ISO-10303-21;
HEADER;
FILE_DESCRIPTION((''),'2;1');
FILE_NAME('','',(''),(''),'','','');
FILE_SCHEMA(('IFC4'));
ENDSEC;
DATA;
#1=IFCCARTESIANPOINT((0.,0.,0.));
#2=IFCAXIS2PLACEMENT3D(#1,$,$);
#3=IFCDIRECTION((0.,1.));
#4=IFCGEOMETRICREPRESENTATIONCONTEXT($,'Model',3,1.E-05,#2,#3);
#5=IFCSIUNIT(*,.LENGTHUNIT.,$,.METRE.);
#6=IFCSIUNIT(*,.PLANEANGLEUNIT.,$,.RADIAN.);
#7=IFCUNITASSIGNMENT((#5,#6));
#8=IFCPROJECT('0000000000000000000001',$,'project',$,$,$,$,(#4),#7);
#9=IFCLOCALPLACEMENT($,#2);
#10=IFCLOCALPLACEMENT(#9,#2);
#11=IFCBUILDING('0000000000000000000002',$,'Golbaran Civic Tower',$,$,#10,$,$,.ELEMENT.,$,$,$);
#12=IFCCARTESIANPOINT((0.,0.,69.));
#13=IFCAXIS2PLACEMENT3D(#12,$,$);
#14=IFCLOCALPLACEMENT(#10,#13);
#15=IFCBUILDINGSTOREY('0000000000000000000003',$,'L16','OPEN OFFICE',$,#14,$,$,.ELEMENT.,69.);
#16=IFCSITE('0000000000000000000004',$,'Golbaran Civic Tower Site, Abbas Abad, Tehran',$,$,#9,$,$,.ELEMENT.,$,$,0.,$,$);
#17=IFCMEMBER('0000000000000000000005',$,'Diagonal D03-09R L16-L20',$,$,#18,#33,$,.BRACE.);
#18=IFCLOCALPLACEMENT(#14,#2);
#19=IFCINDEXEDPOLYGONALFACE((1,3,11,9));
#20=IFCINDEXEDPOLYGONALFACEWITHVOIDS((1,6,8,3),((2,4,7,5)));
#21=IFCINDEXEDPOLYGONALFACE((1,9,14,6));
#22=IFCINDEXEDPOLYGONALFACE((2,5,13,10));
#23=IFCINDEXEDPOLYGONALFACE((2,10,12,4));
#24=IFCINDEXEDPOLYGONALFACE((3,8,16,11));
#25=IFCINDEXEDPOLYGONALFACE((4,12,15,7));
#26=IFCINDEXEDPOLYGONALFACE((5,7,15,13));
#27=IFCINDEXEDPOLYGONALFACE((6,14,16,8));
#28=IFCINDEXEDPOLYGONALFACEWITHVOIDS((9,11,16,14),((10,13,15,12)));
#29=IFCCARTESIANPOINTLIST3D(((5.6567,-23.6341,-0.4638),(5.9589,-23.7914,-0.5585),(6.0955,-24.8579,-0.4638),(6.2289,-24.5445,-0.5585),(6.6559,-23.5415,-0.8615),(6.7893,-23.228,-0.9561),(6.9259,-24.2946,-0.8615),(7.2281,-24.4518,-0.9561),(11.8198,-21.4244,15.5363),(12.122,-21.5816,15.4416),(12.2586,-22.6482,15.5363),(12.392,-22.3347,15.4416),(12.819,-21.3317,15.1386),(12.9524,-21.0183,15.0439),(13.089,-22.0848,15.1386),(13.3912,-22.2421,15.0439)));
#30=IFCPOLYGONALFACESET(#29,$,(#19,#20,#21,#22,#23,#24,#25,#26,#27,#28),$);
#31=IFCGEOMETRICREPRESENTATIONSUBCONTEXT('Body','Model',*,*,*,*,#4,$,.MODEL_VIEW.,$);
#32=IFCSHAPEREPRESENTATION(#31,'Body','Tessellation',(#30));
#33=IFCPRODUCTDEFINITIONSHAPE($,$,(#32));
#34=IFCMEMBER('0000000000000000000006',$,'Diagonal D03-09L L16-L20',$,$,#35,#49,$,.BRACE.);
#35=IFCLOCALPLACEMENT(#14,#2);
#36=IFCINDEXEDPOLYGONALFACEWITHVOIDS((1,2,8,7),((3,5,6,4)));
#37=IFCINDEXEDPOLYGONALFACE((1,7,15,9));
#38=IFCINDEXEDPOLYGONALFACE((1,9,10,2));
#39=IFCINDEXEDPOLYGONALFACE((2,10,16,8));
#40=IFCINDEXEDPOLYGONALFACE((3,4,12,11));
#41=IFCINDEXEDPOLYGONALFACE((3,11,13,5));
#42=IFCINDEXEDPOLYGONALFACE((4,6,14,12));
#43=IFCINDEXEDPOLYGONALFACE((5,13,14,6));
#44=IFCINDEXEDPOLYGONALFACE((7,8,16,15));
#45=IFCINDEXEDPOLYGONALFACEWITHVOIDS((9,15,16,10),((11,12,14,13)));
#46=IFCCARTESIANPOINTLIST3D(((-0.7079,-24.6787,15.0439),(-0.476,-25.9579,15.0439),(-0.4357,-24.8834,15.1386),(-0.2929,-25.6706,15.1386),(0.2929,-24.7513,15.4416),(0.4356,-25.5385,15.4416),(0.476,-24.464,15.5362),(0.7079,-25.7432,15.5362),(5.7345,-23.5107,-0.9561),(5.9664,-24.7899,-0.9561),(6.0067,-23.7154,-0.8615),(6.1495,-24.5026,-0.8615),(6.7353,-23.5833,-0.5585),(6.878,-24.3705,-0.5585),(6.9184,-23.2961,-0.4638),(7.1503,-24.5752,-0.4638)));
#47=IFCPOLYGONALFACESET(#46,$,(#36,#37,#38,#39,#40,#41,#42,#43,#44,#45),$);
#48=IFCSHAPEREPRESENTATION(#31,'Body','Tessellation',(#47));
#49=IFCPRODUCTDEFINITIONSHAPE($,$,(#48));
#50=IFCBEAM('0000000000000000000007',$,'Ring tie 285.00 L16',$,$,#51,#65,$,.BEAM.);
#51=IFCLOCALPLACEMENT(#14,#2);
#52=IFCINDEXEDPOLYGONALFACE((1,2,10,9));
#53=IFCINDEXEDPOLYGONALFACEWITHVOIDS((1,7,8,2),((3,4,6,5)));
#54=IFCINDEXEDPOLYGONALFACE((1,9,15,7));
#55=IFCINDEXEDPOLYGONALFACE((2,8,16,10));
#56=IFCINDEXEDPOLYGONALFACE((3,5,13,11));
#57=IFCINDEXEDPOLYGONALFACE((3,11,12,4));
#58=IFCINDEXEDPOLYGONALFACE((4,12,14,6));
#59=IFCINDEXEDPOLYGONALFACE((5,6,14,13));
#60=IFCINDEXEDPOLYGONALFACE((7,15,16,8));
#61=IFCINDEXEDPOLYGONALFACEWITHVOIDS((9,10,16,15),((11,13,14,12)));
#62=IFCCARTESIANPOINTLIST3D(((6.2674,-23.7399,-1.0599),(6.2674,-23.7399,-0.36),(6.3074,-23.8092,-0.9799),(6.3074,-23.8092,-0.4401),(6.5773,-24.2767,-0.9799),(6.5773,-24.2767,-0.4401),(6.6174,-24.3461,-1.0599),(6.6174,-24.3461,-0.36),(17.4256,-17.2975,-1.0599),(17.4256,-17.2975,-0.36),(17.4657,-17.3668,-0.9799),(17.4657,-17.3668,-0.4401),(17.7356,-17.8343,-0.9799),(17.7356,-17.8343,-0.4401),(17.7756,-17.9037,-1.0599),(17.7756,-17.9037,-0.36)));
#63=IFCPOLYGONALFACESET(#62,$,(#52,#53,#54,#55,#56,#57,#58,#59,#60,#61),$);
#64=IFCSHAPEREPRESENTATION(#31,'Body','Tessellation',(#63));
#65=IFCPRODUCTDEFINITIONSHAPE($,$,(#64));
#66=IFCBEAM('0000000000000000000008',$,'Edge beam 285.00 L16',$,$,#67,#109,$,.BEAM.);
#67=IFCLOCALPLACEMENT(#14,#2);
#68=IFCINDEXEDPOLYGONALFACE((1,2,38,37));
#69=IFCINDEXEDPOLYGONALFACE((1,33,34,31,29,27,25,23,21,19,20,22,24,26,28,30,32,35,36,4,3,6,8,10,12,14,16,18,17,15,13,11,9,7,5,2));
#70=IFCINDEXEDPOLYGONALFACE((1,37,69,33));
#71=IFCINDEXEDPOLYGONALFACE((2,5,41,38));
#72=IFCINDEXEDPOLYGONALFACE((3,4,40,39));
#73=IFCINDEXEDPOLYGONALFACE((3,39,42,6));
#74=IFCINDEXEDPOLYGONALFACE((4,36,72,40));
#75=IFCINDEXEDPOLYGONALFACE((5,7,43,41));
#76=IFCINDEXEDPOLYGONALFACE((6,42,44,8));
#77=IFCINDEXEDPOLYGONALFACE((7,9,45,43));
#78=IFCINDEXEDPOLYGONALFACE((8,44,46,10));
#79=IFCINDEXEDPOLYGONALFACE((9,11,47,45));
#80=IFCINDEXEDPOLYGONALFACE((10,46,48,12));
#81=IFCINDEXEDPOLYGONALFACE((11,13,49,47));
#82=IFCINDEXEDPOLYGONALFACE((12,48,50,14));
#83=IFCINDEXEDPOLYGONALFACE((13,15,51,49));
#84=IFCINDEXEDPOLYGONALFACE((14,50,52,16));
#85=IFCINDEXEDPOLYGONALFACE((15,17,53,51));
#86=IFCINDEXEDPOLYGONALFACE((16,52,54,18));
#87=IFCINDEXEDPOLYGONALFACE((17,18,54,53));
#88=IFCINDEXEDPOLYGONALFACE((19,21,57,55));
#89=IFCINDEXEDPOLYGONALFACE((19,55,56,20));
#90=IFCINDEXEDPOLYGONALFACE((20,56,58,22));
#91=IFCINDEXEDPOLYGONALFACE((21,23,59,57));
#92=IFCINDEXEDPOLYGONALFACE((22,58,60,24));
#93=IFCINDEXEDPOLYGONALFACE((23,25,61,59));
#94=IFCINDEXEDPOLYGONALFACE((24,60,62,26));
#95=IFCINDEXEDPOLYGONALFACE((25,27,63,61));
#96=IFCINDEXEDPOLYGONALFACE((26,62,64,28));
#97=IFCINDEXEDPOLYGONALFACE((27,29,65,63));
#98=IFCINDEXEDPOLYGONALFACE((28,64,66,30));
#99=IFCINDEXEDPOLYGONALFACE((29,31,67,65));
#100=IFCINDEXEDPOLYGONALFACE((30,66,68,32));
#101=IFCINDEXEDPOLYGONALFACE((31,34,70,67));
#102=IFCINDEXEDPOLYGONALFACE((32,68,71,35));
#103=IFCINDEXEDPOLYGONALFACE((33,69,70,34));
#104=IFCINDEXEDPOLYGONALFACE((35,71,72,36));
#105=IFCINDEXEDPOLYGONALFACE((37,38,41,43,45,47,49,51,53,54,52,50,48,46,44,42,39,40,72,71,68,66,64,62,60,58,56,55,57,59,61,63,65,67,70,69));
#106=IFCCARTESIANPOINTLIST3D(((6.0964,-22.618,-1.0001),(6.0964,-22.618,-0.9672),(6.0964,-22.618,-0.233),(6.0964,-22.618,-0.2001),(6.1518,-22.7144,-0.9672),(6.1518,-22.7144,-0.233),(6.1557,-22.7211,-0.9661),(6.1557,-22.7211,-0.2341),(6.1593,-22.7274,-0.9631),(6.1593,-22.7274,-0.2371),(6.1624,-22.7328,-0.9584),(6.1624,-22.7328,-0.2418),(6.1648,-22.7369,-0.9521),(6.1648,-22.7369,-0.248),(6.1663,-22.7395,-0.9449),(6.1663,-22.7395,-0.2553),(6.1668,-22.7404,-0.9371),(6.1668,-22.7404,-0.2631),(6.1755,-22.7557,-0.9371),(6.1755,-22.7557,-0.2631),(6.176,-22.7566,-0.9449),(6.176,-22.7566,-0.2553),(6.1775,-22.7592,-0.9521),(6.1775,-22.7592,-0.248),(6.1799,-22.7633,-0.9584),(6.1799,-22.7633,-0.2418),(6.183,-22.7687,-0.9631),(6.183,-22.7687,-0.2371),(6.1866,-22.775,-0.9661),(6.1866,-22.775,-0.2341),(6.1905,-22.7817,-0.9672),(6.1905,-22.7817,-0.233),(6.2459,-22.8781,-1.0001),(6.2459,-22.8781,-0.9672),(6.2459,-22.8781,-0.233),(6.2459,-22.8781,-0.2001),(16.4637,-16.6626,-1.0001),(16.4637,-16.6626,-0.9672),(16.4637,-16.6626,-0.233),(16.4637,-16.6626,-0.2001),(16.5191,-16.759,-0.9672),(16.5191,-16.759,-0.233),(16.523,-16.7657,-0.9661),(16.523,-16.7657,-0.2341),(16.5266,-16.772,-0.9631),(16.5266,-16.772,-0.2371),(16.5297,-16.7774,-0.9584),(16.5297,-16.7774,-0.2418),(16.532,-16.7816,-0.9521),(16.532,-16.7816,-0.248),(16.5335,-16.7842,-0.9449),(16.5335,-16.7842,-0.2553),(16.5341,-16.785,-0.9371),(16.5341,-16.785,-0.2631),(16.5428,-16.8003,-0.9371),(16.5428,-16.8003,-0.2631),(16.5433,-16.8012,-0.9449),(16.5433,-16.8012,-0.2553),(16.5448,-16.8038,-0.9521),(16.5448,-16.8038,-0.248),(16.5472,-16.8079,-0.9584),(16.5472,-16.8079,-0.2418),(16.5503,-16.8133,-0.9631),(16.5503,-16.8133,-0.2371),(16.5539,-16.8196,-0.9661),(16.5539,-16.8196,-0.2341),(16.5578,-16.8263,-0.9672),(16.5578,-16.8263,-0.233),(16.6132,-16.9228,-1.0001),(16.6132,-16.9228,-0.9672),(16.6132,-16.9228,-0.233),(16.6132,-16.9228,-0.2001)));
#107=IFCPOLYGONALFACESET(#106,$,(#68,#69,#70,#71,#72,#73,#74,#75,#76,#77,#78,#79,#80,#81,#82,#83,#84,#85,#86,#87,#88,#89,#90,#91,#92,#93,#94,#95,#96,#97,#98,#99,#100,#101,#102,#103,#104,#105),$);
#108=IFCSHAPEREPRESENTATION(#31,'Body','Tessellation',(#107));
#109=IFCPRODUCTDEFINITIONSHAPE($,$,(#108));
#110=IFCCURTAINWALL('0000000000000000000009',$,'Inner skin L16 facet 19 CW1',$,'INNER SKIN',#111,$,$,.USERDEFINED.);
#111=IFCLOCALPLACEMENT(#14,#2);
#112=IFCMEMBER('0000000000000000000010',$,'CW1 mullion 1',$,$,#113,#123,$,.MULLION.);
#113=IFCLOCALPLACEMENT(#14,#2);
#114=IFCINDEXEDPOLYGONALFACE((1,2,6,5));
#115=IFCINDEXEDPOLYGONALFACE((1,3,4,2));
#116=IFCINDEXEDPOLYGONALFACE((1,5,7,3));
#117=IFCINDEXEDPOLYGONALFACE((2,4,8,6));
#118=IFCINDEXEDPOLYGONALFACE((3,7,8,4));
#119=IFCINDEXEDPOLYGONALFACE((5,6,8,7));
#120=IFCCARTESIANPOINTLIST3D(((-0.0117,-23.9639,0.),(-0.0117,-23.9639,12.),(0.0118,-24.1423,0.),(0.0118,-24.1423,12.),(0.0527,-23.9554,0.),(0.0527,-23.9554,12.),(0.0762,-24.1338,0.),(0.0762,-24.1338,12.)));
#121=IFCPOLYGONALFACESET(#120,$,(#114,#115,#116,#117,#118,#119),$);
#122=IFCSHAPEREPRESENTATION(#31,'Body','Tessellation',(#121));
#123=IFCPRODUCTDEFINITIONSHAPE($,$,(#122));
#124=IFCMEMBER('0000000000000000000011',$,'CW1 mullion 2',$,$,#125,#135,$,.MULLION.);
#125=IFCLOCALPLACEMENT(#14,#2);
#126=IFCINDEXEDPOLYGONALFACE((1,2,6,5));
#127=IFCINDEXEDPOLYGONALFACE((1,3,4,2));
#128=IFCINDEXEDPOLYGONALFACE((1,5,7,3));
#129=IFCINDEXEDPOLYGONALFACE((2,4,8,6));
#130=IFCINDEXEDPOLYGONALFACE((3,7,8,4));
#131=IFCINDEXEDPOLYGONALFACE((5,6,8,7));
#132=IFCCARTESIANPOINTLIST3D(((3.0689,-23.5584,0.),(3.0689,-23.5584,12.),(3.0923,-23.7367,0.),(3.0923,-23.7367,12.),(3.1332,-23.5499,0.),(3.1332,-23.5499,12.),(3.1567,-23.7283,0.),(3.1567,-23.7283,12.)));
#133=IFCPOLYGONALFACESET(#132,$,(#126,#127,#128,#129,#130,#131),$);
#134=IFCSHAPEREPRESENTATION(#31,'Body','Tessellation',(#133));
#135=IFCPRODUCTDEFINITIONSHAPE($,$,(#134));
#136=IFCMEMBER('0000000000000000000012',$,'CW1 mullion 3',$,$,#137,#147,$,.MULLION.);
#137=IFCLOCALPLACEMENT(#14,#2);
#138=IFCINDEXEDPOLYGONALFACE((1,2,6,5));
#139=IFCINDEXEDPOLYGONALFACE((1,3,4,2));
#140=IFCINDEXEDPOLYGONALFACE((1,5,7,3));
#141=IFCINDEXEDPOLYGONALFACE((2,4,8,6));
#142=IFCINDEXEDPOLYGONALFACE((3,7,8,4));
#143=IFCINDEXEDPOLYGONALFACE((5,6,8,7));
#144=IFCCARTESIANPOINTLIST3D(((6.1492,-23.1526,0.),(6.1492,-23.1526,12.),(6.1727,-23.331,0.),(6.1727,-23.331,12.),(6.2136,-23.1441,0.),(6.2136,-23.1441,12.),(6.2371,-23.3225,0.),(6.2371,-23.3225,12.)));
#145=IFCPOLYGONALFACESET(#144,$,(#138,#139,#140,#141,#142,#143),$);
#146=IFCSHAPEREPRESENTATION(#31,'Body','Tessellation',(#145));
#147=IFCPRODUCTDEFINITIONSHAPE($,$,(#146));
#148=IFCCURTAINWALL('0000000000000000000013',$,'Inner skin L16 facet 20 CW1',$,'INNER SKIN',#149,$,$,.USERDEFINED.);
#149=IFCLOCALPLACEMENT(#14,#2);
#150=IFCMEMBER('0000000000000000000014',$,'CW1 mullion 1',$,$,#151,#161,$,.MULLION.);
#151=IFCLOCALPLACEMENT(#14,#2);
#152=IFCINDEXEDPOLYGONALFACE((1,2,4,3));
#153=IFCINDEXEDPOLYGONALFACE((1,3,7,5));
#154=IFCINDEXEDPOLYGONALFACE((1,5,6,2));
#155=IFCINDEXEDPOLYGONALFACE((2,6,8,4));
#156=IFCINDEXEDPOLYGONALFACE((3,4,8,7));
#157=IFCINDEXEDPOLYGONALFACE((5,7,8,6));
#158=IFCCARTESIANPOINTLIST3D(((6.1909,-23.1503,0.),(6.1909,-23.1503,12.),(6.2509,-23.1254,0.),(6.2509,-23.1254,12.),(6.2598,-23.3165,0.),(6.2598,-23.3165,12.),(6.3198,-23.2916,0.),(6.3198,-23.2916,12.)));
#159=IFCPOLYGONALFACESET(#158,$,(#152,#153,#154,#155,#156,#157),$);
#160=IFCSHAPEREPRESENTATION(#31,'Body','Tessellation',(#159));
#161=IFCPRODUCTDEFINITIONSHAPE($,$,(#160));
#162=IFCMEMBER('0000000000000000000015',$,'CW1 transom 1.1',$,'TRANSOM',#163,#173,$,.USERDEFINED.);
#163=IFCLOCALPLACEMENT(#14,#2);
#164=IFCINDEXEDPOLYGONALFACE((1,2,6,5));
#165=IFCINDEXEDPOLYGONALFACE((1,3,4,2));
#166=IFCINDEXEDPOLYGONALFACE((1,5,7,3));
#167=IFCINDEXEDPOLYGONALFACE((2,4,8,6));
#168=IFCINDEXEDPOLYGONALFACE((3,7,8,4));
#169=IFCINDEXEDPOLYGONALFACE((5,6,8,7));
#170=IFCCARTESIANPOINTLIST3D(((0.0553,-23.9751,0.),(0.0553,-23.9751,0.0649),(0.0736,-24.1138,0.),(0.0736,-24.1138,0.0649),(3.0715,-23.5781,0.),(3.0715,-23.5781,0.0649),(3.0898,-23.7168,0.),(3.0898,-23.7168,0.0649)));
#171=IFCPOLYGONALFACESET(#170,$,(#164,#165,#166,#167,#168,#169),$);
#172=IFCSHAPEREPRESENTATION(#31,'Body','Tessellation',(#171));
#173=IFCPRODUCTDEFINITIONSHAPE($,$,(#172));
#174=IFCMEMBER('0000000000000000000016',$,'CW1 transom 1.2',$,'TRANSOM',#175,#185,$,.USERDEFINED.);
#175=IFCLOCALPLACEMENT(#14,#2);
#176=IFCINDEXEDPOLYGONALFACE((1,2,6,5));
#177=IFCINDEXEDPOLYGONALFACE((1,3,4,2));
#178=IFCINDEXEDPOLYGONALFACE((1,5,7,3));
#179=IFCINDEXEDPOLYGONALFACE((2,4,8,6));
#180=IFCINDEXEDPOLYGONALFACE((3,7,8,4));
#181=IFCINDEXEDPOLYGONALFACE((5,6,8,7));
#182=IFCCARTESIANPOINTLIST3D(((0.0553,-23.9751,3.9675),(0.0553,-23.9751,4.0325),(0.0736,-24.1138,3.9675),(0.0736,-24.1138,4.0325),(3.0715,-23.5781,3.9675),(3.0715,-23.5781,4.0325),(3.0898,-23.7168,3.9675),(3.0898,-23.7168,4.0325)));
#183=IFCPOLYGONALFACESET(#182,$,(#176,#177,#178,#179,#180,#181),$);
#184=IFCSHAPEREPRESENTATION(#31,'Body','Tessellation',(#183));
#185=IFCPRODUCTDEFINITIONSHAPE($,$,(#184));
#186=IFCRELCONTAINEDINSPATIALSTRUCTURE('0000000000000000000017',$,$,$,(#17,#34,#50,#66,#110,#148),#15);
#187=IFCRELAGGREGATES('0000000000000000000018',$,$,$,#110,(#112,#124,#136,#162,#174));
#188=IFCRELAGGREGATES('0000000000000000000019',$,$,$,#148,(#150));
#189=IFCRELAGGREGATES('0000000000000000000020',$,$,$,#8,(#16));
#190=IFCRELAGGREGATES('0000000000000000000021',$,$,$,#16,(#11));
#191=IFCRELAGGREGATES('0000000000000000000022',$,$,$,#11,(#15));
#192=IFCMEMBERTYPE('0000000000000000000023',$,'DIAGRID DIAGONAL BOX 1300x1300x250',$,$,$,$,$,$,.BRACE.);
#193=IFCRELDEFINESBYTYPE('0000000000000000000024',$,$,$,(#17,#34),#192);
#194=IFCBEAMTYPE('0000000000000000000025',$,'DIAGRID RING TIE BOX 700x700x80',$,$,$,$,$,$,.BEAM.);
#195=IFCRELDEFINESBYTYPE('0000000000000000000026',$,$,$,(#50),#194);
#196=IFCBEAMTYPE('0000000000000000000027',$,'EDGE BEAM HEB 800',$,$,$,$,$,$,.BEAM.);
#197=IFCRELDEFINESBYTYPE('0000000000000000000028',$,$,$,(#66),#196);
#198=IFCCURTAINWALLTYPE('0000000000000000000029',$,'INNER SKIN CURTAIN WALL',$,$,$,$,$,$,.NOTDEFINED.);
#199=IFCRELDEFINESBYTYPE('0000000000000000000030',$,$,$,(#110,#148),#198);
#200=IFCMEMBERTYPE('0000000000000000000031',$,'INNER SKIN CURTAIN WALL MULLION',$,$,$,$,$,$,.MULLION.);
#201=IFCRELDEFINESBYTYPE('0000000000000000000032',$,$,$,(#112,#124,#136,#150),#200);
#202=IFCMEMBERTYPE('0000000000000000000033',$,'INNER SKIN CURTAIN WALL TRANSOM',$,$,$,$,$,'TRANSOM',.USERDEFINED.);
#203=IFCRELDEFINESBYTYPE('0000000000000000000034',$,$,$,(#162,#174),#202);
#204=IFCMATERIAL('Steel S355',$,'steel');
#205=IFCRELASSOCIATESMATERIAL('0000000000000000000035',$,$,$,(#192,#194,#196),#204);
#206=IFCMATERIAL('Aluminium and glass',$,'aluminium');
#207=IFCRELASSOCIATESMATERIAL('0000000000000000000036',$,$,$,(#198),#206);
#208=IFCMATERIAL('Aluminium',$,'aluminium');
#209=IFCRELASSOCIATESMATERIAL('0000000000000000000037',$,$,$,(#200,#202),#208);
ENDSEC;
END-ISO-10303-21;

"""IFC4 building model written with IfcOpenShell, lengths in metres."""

from ifc_helpers import new_model, si_unit, direction, frame, origin, origin_2d, place, context, subcontext, project, spatial, rectangle, hollow_rectangle, i_section, extrude, material, material_profile, profile_set, type_object, element, aggregate, save


model = new_model("IFC4")

# Units and contexts
model_context = context("Model", 3, precision=1e-05, world=origin(), true_north=direction((0.0, 1.0)))
body_context = subcontext(model_context, "Body", "Model", "MODEL_VIEW")
ifc_project = project(units=[si_unit("LENGTHUNIT", "METRE"), si_unit("PLANEANGLEUNIT", "RADIAN")], contexts=[model_context])

# Site, building, storey
site_placement = place(None, origin())
site = spatial("IfcSite", under=ifc_project, at=site_placement, Name="Golbaran Civic Tower Site, Abbas Abad, Tehran", CompositionType="ELEMENT", RefElevation=0.0)
building_placement = place(site_placement, origin())
building = spatial("IfcBuilding", under=site, at=building_placement, Name="Golbaran Civic Tower", CompositionType="ELEMENT")
storey_placement = place(building_placement, frame((0.0, 0.0, 69.0)))
storey = spatial("IfcBuildingStorey", under=building, at=storey_placement, Name="L16", Description="OPEN OFFICE", CompositionType="ELEMENT", Elevation=69.0)

# Members
ifc_material_1 = material(Name="Steel S355", Category="steel")
ifc_material_profile_1 = material_profile(ifc_material_1, hollow_rectangle(XDim=1.3, YDim=1.3, WallThickness=0.25, at=origin_2d()), Name="BOX 1300x1300x250")
ifc_profile_set_1 = profile_set([ifc_material_profile_1], Name="Steel S355")
member_type_1 = type_object("IfcMemberType", Name="DIAGRID DIAGONAL BOX 1300x1300x250", PredefinedType="BRACE", material=ifc_profile_set_1)
for number, where, z_axis, x_axis, name in (
    (1, (6.4424, -24.043, -0.71), (0.3565, 0.12782, 0.925511), (-0.337503, 0.941324, 0.0), "Diagonal D03-09R L16-L20"),
    (2, (6.4424, -24.043, -0.71), (-0.372655, -0.06756, 0.925508), (0.178387, -0.98396, 0.0), "Diagonal D03-09L L16-L20"),
):
    element("IfcMember", number, at=place(storey_placement, frame(where, z_axis=z_axis, x_axis=x_axis)), inside=storey, type_object=member_type_1, Name=name, PredefinedType="BRACE", context=body_context, shape_type="SweptSolid", body=[
        extrude(hollow_rectangle(XDim=1.3, YDim=1.3, WallThickness=0.25, at=origin_2d()), origin(), (0.0, 0.0, 1.0), 17.2878),
    ])

# Beams
ifc_material_profile_2 = material_profile(ifc_material_1, hollow_rectangle(XDim=0.7, YDim=0.7, WallThickness=0.0801, at=origin_2d()), Name="BOX 700x700x80")
ifc_profile_set_2 = profile_set([ifc_material_profile_2], Name="Steel S355")
beam_type_1 = type_object("IfcBeamType", Name="DIAGRID RING TIE BOX 700x700x80", PredefinedType="BEAM", material=ifc_profile_set_2)
beam_1_placement = place(storey_placement, frame((6.4424, -24.043, -0.71), z_axis=(0.866019, 0.500011, 0.0), x_axis=(-0.500011, 0.866019, 0.0)))
element("IfcBeam", 3, at=beam_1_placement, inside=storey, type_object=beam_type_1, Name="Ring tie 285.00 L16", PredefinedType="BEAM", context=body_context, shape_type="SweptSolid", body=[
    extrude(hollow_rectangle(XDim=0.7, YDim=0.7, WallThickness=0.0801, at=origin_2d()), origin(), (0.0, 0.0, 1.0), 12.8845),
])
ifc_material_profile_3 = material_profile(ifc_material_1, i_section(OverallWidth=0.3, OverallDepth=0.8, WebThickness=0.0176, FlangeThickness=0.033, FilletRadius=0.03, at=origin_2d()), Name="HEB 800")
ifc_profile_set_3 = profile_set([ifc_material_profile_3], Name="Steel S355")
beam_type_2 = type_object("IfcBeamType", Name="EDGE BEAM HEB 800", PredefinedType="BEAM", material=ifc_profile_set_3)
beam_2_placement = place(storey_placement, frame((6.1711, -22.748, -0.6001), z_axis=(0.867116, 0.498106, 0.0), x_axis=(-0.498106, 0.867116, 0.0)))
element("IfcBeam", 4, at=beam_2_placement, inside=storey, type_object=beam_type_2, Name="Edge beam 285.00 L16", PredefinedType="BEAM", context=body_context, shape_type="SweptSolid", body=[
    extrude(i_section(OverallWidth=0.3, OverallDepth=0.8, WebThickness=0.0176, FlangeThickness=0.033, FilletRadius=0.03, at=origin_2d()), origin(), (0.0, 0.0, 1.0), 11.9561),
])

# Curtain wall, members
ifc_material_2 = material(Name="Aluminium and glass", Category="aluminium")
curtain_wall_type_1 = type_object("IfcCurtainWallType", Name="INNER SKIN CURTAIN WALL", PredefinedType="NOTDEFINED", material=ifc_material_2)
curtain_wall_1_placement = place(storey_placement, origin())
curtain_wall_1 = element("IfcCurtainWall", 5, at=curtain_wall_1_placement, inside=storey, type_object=curtain_wall_type_1, Name="Inner skin L16 facet 19 CW1", ObjectType="INNER SKIN", PredefinedType="USERDEFINED")
ifc_material_3 = material(Name="Aluminium", Category="aluminium")
ifc_material_profile_4 = material_profile(ifc_material_3, rectangle(XDim=0.1799, YDim=0.0649, at=origin_2d()), Name="INNER SKIN CURTAIN WALL MULLION")
ifc_profile_set_4 = profile_set([ifc_material_profile_4], Name="Aluminium")
member_type_2 = type_object("IfcMemberType", Name="INNER SKIN CURTAIN WALL MULLION", PredefinedType="MULLION", material=ifc_profile_set_4)
member_1_placement = place(storey_placement, frame((0.0322, -24.0488, 0.0), z_axis=(0.0, 0.0, 1.0), x_axis=(-0.130526, 0.991445, 0.0)))
member_1 = element("IfcMember", 6, at=member_1_placement, type_object=member_type_2, Name="CW1 mullion 1", PredefinedType="MULLION", context=body_context, shape_type="SweptSolid", body=[
    extrude(rectangle(XDim=0.1799, YDim=0.0649, at=origin_2d()), origin(), (0.0, 0.0, 1.0), 12.0),
])
member_2_placement = place(storey_placement, frame((3.1128, -23.6433, 0.0), z_axis=(0.0, 0.0, 1.0), x_axis=(-0.130526, 0.991445, 0.0)))
member_2 = element("IfcMember", 7, at=member_2_placement, type_object=member_type_2, Name="CW1 mullion 2", PredefinedType="MULLION", context=body_context, shape_type="SweptSolid", body=[
    extrude(rectangle(XDim=0.1799, YDim=0.0649, at=origin_2d()), origin(), (0.0, 0.0, 1.0), 12.0),
])
member_3_placement = place(storey_placement, frame((6.1931, -23.2375, 0.0), z_axis=(0.0, 0.0, 1.0), x_axis=(-0.130526, 0.991445, 0.0)))
member_3 = element("IfcMember", 8, at=member_3_placement, type_object=member_type_2, Name="CW1 mullion 3", PredefinedType="MULLION", context=body_context, shape_type="SweptSolid", body=[
    extrude(rectangle(XDim=0.1799, YDim=0.0649, at=origin_2d()), origin(), (0.0, 0.0, 1.0), 12.0),
])

# Curtain wall, member
curtain_wall_2_placement = place(storey_placement, origin())
curtain_wall_2 = element("IfcCurtainWall", 9, at=curtain_wall_2_placement, inside=storey, type_object=curtain_wall_type_1, Name="Inner skin L16 facet 20 CW1", ObjectType="INNER SKIN", PredefinedType="USERDEFINED")
member_4_placement = place(storey_placement, frame((6.2554, -23.2209, 0.0), z_axis=(0.0, 0.0, 1.0), x_axis=(-0.382683, 0.92388, 0.0)))
member_4 = element("IfcMember", 10, at=member_4_placement, type_object=member_type_2, Name="CW1 mullion 1", PredefinedType="MULLION", context=body_context, shape_type="SweptSolid", body=[
    extrude(rectangle(XDim=0.1799, YDim=0.0649, at=origin_2d()), origin(), (0.0, 0.0, 1.0), 12.0),
])

# Members
ifc_material_profile_5 = material_profile(ifc_material_3, rectangle(XDim=0.1399, YDim=0.0649, at=origin_2d()), Name="INNER SKIN CURTAIN WALL TRANSOM")
ifc_profile_set_5 = profile_set([ifc_material_profile_5], Name="Aluminium")
member_type_3 = type_object("IfcMemberType", Name="INNER SKIN CURTAIN WALL TRANSOM", ElementType="TRANSOM", PredefinedType="USERDEFINED", material=ifc_profile_set_5)
member_5_placement = place(storey_placement, frame((0.0645, -24.0444, 0.0325), z_axis=(0.991449, 0.130492, 0.0), x_axis=(-0.130492, 0.991449, 0.0)))
member_5 = element("IfcMember", 11, at=member_5_placement, type_object=member_type_3, Name="CW1 transom 1.1", ObjectType="TRANSOM", PredefinedType="USERDEFINED", context=body_context, shape_type="SweptSolid", body=[
    extrude(rectangle(XDim=0.1399, YDim=0.0649, at=origin_2d()), origin(), (0.0, 0.0, 1.0), 3.0422),
])
member_6_placement = place(storey_placement, frame((0.0645, -24.0444, 4.0), z_axis=(0.991449, 0.130492, 0.0), x_axis=(-0.130492, 0.991449, 0.0)))
member_6 = element("IfcMember", 12, at=member_6_placement, type_object=member_type_3, Name="CW1 transom 1.2", ObjectType="TRANSOM", PredefinedType="USERDEFINED", context=body_context, shape_type="SweptSolid", body=[
    extrude(rectangle(XDim=0.1399, YDim=0.0649, at=origin_2d()), origin(), (0.0, 0.0, 1.0), 3.0422),
])

aggregate(curtain_wall_1, [member_1, member_2, member_3, member_5, member_6])
aggregate(curtain_wall_2, [member_4])

save(model, "model.ifc")
